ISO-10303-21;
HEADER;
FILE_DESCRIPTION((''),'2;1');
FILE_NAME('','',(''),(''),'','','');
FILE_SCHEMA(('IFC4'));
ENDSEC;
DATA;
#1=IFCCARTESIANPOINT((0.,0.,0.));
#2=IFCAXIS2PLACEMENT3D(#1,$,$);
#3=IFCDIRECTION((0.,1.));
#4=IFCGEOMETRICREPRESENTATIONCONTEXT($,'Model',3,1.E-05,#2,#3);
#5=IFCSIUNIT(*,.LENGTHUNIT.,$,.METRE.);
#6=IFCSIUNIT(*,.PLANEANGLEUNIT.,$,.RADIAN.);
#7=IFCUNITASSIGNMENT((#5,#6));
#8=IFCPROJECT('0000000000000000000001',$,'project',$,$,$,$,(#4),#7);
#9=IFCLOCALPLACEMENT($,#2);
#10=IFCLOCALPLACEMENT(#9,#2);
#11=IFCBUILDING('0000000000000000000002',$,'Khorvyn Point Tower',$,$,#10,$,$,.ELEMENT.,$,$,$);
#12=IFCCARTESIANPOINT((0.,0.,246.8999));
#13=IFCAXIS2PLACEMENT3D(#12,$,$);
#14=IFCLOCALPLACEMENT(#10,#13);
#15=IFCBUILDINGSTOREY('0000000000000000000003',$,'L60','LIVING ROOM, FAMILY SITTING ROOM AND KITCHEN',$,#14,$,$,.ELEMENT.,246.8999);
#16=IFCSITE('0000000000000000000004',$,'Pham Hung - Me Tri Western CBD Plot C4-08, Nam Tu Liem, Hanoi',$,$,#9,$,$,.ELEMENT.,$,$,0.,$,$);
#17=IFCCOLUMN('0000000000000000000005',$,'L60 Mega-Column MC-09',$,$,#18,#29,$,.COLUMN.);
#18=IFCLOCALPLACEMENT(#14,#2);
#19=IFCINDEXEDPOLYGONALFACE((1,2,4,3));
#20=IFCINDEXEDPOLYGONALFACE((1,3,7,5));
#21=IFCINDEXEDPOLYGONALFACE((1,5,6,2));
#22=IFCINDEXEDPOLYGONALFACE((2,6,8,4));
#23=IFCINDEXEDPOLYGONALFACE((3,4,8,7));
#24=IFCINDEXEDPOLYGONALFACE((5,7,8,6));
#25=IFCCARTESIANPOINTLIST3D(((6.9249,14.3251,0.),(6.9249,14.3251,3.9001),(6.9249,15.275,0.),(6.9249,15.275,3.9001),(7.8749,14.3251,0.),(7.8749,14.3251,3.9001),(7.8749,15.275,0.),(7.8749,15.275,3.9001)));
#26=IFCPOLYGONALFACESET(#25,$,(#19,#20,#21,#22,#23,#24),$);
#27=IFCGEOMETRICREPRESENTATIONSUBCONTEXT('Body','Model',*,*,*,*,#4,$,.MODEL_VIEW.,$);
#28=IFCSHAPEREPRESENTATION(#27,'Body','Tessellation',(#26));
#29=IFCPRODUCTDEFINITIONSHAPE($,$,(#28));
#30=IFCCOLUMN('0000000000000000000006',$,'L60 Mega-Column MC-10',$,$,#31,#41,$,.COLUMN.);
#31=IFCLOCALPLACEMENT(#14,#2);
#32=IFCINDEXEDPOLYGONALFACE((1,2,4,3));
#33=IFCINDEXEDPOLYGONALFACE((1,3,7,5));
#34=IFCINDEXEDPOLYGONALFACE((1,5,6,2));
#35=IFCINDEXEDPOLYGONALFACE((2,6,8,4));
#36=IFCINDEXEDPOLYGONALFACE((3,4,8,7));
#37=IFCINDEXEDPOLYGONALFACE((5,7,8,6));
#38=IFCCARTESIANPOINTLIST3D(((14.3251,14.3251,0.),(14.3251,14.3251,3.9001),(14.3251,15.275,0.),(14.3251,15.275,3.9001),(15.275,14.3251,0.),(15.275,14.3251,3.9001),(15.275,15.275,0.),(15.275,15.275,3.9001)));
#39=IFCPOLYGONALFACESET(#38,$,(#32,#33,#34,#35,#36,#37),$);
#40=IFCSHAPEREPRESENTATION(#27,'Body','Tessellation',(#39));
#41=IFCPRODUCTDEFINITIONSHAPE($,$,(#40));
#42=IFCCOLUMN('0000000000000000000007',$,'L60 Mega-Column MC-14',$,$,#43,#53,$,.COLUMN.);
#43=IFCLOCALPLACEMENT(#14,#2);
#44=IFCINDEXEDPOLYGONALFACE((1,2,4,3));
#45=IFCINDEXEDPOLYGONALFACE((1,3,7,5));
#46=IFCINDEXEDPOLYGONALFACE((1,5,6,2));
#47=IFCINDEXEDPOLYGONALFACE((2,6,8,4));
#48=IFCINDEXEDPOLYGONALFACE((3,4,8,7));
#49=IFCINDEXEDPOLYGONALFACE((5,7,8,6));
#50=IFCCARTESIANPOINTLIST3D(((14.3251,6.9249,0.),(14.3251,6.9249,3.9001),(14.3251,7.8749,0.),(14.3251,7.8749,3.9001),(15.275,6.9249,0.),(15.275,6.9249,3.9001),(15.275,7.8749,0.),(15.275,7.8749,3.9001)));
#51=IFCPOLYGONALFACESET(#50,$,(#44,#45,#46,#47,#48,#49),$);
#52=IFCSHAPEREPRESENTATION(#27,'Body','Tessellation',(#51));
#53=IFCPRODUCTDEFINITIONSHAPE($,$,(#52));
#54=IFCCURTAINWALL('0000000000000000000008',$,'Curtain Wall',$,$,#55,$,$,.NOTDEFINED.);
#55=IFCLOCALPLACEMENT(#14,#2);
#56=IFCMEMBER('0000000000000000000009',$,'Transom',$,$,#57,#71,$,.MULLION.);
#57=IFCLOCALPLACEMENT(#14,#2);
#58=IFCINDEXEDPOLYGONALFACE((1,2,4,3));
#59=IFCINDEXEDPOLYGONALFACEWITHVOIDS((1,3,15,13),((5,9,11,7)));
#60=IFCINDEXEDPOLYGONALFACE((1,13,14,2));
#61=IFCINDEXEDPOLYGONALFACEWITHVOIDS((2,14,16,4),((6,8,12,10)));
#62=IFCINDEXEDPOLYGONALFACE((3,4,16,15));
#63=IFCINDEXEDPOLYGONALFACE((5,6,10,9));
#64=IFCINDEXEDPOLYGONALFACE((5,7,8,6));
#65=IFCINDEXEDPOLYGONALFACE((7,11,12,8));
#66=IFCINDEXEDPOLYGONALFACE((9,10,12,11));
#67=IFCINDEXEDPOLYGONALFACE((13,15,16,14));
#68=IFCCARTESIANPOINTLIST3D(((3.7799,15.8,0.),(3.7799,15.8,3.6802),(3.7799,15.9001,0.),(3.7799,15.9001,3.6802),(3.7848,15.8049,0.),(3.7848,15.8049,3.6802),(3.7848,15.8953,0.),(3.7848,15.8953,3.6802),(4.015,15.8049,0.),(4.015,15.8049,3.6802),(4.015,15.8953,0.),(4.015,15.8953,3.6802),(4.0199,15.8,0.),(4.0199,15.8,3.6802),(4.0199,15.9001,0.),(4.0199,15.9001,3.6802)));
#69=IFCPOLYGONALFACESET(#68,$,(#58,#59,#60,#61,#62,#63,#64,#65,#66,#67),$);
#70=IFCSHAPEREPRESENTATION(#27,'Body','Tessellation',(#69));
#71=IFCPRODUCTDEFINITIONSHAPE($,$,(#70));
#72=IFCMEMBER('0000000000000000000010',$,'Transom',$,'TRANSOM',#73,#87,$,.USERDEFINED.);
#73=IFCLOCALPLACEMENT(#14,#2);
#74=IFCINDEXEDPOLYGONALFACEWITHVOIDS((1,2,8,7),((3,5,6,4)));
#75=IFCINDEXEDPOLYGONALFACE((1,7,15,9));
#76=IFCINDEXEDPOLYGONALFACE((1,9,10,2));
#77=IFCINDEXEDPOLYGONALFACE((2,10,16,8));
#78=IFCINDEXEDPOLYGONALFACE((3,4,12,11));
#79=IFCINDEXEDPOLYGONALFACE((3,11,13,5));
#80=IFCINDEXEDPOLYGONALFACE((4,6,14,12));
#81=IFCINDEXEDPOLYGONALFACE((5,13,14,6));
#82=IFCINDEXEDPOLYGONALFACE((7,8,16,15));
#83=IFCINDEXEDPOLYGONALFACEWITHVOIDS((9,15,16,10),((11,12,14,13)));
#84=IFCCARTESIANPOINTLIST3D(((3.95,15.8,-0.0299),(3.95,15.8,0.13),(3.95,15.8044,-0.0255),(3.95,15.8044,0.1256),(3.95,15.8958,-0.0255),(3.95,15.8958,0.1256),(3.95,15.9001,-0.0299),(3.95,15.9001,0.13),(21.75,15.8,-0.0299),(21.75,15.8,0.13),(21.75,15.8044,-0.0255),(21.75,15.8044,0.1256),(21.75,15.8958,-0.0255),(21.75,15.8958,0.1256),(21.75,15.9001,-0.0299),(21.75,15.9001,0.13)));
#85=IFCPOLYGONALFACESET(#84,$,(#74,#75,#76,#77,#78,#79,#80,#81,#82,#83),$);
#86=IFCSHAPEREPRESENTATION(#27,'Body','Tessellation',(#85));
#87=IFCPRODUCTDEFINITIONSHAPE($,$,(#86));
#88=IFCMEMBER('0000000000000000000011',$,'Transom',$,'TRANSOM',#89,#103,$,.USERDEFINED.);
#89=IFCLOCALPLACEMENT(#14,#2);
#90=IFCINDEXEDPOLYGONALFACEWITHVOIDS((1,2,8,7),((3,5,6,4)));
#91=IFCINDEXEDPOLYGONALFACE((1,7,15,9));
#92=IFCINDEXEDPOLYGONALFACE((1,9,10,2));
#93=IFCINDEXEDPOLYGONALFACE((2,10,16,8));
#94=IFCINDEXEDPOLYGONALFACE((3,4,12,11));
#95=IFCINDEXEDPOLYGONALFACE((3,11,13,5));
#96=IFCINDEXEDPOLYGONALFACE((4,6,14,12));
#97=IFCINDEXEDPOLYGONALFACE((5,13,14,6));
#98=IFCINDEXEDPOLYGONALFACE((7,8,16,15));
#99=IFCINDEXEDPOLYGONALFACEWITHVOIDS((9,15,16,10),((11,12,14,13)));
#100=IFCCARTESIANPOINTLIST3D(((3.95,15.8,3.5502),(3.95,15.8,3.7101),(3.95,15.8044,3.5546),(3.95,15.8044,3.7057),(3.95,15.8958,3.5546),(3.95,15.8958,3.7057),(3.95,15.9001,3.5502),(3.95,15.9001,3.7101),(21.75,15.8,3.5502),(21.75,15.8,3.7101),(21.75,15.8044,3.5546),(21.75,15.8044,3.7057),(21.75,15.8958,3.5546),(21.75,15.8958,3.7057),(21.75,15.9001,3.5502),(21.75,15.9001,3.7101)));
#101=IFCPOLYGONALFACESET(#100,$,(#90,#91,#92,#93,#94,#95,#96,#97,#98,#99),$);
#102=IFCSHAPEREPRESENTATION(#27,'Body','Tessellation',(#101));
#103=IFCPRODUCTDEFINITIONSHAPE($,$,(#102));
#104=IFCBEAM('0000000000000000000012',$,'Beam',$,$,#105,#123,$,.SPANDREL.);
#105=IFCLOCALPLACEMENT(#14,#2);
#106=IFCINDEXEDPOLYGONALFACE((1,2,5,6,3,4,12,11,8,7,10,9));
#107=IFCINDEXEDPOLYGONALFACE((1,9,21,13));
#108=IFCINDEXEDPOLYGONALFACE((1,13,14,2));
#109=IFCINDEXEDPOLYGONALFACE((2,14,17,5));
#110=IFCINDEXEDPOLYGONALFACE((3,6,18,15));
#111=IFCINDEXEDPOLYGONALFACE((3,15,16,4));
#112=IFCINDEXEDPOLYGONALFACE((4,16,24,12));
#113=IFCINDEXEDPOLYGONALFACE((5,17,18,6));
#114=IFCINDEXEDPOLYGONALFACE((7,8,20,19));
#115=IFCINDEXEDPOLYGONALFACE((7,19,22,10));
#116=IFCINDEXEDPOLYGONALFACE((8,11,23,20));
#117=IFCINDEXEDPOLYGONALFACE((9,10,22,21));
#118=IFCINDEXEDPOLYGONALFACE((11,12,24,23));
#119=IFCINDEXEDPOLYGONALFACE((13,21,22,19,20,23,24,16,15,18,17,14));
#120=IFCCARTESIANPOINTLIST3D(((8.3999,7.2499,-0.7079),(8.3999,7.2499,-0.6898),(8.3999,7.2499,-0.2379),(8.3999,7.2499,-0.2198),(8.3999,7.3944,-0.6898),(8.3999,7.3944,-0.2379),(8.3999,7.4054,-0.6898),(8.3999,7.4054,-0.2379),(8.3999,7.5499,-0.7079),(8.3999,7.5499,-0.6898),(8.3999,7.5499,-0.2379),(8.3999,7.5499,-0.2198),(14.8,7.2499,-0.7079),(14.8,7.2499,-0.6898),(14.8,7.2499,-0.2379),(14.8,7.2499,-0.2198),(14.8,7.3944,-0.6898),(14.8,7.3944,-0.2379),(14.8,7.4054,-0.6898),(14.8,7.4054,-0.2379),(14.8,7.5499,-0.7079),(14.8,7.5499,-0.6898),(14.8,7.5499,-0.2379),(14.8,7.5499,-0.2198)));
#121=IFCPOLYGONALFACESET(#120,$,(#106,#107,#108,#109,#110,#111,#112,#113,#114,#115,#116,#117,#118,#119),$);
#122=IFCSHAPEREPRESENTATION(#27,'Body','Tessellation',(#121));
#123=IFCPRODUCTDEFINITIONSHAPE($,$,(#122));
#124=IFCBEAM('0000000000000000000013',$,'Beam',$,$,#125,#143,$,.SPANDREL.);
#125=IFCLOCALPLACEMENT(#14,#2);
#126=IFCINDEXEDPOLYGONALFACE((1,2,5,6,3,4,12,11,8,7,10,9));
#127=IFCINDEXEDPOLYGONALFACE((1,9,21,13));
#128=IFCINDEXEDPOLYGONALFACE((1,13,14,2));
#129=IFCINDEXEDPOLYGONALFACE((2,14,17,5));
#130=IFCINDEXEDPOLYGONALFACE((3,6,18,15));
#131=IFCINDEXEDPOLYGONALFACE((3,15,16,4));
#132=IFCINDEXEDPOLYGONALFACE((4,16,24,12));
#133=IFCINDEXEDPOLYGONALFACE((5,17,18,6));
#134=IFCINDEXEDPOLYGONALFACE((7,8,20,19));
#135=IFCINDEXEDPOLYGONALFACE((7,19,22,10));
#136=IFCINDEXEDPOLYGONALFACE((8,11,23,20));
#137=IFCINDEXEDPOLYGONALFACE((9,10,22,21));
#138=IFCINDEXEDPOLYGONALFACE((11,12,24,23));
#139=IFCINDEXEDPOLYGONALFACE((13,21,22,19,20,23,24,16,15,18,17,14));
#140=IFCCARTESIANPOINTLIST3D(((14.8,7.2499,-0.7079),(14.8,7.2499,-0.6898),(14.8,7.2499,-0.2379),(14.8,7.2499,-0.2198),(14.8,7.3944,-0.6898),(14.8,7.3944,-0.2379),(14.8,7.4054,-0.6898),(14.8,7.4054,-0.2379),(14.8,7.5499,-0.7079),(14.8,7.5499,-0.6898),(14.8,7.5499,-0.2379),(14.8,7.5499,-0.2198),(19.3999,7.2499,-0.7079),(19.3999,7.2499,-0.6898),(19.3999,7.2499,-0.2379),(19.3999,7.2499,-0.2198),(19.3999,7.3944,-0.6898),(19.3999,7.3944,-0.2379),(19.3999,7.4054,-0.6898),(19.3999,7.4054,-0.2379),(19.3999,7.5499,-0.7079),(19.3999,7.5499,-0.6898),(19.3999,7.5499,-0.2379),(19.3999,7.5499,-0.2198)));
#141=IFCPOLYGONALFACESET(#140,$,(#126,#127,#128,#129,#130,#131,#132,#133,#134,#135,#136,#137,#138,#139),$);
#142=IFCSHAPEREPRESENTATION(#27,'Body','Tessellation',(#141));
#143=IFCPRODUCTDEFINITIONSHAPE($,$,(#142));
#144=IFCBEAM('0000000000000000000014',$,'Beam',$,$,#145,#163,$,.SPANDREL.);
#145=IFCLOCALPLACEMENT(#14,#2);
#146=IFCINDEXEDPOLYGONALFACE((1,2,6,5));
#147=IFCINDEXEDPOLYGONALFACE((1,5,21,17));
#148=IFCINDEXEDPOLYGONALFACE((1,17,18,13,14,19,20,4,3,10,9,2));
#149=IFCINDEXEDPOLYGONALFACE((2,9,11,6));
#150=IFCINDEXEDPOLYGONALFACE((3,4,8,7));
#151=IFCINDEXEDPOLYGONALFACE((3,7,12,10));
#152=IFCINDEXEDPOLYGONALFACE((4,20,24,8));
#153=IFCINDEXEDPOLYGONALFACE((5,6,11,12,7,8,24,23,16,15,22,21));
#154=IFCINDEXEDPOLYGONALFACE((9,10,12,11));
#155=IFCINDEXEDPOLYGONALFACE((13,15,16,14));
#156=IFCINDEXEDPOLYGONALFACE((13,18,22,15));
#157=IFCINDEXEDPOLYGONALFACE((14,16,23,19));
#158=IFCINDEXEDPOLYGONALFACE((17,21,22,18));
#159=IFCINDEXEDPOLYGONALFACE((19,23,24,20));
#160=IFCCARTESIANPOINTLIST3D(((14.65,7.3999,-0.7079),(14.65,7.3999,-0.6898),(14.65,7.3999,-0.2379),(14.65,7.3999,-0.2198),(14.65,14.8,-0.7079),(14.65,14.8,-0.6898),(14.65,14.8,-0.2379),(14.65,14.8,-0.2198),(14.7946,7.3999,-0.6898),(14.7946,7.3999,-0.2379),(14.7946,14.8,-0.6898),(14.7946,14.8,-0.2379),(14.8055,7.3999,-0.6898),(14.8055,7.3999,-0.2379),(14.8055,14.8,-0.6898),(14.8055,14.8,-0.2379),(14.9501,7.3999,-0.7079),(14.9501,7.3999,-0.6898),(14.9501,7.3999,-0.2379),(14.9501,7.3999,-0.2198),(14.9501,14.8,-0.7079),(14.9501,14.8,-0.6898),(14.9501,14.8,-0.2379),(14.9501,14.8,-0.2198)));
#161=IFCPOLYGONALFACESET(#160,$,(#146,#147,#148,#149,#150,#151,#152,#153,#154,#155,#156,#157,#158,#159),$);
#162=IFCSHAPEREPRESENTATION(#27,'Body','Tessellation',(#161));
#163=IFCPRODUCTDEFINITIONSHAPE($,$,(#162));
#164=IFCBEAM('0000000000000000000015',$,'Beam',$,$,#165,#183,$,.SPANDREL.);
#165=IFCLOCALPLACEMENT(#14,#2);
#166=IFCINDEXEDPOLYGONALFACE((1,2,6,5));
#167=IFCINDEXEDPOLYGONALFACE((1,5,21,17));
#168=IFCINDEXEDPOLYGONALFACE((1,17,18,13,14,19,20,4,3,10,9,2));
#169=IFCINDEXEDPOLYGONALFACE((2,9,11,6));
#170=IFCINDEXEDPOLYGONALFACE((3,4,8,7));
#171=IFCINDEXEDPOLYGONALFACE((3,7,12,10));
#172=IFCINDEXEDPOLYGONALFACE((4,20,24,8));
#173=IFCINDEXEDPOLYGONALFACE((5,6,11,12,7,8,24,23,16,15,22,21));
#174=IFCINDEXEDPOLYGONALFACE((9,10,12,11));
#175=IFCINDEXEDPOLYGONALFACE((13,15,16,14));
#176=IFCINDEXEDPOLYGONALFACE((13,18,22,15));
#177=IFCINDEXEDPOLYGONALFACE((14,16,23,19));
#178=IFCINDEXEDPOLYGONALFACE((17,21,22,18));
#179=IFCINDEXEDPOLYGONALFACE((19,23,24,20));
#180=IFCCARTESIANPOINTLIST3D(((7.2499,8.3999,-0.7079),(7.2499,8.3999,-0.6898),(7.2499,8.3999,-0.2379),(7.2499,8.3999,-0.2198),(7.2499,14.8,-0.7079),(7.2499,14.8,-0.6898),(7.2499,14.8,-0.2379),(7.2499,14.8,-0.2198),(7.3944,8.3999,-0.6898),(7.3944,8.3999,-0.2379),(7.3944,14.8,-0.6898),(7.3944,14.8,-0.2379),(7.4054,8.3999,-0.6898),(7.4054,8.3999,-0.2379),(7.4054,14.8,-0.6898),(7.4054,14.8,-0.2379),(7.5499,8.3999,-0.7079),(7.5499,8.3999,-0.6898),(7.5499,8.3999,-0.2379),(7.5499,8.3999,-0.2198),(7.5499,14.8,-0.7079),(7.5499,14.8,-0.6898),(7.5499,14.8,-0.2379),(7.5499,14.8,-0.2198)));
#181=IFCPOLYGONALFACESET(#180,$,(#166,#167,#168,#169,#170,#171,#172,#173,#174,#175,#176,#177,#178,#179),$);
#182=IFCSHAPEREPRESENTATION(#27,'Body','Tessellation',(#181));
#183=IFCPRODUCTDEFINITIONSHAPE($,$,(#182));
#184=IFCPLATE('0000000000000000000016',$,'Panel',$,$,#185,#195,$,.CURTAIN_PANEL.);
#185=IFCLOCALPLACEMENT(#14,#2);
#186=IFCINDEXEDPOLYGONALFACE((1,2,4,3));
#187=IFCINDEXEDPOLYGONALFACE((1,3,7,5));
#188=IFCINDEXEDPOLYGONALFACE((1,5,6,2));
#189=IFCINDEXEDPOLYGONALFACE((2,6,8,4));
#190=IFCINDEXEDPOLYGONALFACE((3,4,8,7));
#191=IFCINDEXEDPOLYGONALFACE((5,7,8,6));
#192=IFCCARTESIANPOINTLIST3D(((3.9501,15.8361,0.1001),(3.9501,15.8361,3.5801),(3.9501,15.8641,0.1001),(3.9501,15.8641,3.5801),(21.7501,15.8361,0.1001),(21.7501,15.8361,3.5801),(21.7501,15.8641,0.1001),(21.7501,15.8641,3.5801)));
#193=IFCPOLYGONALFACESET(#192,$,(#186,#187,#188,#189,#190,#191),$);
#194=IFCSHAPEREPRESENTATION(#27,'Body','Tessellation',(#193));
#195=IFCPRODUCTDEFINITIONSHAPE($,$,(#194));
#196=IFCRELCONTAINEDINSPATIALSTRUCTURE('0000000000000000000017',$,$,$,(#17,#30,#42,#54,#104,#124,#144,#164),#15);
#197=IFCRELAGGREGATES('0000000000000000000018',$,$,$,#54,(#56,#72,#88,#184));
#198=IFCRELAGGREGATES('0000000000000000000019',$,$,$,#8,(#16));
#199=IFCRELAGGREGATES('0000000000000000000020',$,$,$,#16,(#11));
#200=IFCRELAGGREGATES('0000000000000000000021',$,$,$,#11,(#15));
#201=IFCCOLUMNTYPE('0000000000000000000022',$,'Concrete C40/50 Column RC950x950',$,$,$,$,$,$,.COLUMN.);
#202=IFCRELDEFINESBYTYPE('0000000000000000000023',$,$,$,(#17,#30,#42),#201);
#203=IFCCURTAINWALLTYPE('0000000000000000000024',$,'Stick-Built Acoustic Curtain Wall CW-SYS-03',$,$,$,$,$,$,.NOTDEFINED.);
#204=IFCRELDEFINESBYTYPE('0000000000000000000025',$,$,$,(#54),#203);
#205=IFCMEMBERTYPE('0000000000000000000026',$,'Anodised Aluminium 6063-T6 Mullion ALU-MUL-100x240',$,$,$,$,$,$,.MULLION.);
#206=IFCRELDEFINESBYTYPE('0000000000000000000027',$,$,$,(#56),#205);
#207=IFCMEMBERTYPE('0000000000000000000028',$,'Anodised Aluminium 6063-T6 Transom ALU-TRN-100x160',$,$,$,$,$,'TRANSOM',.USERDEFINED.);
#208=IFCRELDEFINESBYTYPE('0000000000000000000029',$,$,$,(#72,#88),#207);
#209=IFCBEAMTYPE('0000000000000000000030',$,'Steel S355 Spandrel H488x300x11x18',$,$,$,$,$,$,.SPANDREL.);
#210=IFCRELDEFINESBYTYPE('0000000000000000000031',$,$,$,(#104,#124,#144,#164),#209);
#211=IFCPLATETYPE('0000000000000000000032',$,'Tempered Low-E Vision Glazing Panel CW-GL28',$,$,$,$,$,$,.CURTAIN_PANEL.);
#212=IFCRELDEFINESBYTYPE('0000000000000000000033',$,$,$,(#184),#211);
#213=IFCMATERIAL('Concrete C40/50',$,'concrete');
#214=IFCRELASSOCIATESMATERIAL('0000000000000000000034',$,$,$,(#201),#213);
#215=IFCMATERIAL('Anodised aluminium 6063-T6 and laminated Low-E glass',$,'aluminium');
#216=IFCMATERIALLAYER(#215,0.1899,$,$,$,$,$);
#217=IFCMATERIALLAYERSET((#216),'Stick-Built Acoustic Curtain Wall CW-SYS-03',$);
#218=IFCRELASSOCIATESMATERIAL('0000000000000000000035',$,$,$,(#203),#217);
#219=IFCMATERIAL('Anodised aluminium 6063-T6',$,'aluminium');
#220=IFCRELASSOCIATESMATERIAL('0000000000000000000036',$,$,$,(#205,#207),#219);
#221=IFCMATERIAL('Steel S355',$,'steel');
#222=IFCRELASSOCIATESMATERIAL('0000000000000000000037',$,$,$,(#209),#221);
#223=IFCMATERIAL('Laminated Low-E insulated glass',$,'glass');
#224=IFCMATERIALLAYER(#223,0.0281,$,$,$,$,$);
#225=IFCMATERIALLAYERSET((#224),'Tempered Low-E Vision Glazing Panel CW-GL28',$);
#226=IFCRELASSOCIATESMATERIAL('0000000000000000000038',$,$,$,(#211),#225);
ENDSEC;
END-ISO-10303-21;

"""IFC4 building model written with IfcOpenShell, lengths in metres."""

from ifc_helpers import new_model, si_unit, direction, frame, origin, origin_2d, place, context, subcontext, project, spatial, rectangle, hollow_rectangle, i_section, extrude, material, layer, layer_set, material_profile, profile_set, type_object, element, aggregate, save


model = new_model("IFC4")

# Units and contexts
model_context = context("Model", 3, precision=1e-05, world=origin(), true_north=direction((0.0, 1.0)))
body_context = subcontext(model_context, "Body", "Model", "MODEL_VIEW")
ifc_project = project(units=[si_unit("LENGTHUNIT", "METRE"), si_unit("PLANEANGLEUNIT", "RADIAN")], contexts=[model_context])

# Site, building, storey
site_placement = place(None, origin())
site = spatial("IfcSite", under=ifc_project, at=site_placement, Name="Pham Hung - Me Tri Western CBD Plot C4-08, Nam Tu Liem, Hanoi", CompositionType="ELEMENT", RefElevation=0.0)
building_placement = place(site_placement, origin())
building = spatial("IfcBuilding", under=site, at=building_placement, Name="Khorvyn Point Tower", CompositionType="ELEMENT")
storey_placement = place(building_placement, frame((0.0, 0.0, 246.8999)))
storey = spatial("IfcBuildingStorey", under=building, at=storey_placement, Name="L60", Description="LIVING ROOM, FAMILY SITTING ROOM AND KITCHEN", CompositionType="ELEMENT", Elevation=246.8999)

# Columns
ifc_material_1 = material(Name="Concrete C40/50", Category="concrete")
ifc_material_profile_1 = material_profile(ifc_material_1, rectangle(XDim=0.95, YDim=0.95, at=origin_2d()))
ifc_profile_set_1 = profile_set([ifc_material_profile_1], Name="Concrete C40/50 RC950x950")
column_type = type_object("IfcColumnType", Name="Concrete C40/50 Column RC950x950", PredefinedType="COLUMN", material=ifc_profile_set_1)
for number, where, z_axis, x_axis, name in (
    (1, (7.3999, 14.8, 0.0), (0.0, 0.0, 1.0), (1.0, 0.0, 0.0), "L60 Mega-Column MC-09"),
    (2, (14.8, 14.8, 0.0), (0.0, 0.0, 1.0), (1.0, 0.0, 0.0), "L60 Mega-Column MC-10"),
    (3, (14.8, 7.3999, 0.0), (0.0, 0.0, 1.0), (1.0, 0.0, 0.0), "L60 Mega-Column MC-14"),
):
    element("IfcColumn", number, at=place(storey_placement, frame(where, z_axis=z_axis, x_axis=x_axis)), inside=storey, type_object=column_type, Name=name, PredefinedType="COLUMN", context=body_context, shape_type="SweptSolid", body=[
        extrude(rectangle(XDim=0.95, YDim=0.95, at=origin_2d()), origin(), (0.0, 0.0, 1.0), 3.9001),
    ])

# Curtain wall, members
ifc_material_2 = material(Name="Anodised aluminium 6063-T6 and laminated Low-E glass", Category="aluminium")
ifc_layer_1 = layer(ifc_material_2, 0.1899)
ifc_layer_set_1 = layer_set([ifc_layer_1], Name="Stick-Built Acoustic Curtain Wall CW-SYS-03")
curtain_wall_type = type_object("IfcCurtainWallType", Name="Stick-Built Acoustic Curtain Wall CW-SYS-03", PredefinedType="NOTDEFINED", material=ifc_layer_set_1)
curtain_wall_placement = place(storey_placement, origin())
curtain_wall = element("IfcCurtainWall", 4, at=curtain_wall_placement, inside=storey, type_object=curtain_wall_type, Name="Curtain Wall", PredefinedType="NOTDEFINED")
ifc_material_3 = material(Name="Anodised aluminium 6063-T6", Category="aluminium")
ifc_material_profile_2 = material_profile(ifc_material_3, hollow_rectangle(XDim=0.1001, YDim=0.24, WallThickness=0.0049, at=origin_2d()))
ifc_profile_set_2 = profile_set([ifc_material_profile_2], Name="Anodised aluminium 6063-T6 ALU-MUL-100x240")
member_type_1 = type_object("IfcMemberType", Name="Anodised Aluminium 6063-T6 Mullion ALU-MUL-100x240", PredefinedType="MULLION", material=ifc_profile_set_2)
member_1_placement = place(storey_placement, frame((3.8999, 15.8501, 0.0), z_axis=(0.0, 0.0, 1.0), x_axis=(0.0, 1.0, 0.0)))
member_1 = element("IfcMember", 5, at=member_1_placement, type_object=member_type_1, Name="Transom", PredefinedType="MULLION", context=body_context, shape_type="SweptSolid", body=[
    extrude(hollow_rectangle(XDim=0.1001, YDim=0.24, WallThickness=0.0049, at=origin_2d()), origin(), (0.0, 0.0, 1.0), 3.6802),
])
ifc_material_profile_3 = material_profile(ifc_material_3, hollow_rectangle(XDim=0.1001, YDim=0.1599, WallThickness=0.0044, at=origin_2d()))
ifc_profile_set_3 = profile_set([ifc_material_profile_3], Name="Anodised aluminium 6063-T6 ALU-TRN-100x160")
member_type_2 = type_object("IfcMemberType", Name="Anodised Aluminium 6063-T6 Transom ALU-TRN-100x160", ElementType="TRANSOM", PredefinedType="USERDEFINED", material=ifc_profile_set_3)
member_2_placement = place(storey_placement, frame((3.95, 15.8501, 0.05), z_axis=(1.0, 0.0, 0.0), x_axis=(0.0, 1.0, 0.0)))
member_2 = element("IfcMember", 6, at=member_2_placement, type_object=member_type_2, Name="Transom", ObjectType="TRANSOM", PredefinedType="USERDEFINED", context=body_context, shape_type="SweptSolid", body=[
    extrude(hollow_rectangle(XDim=0.1001, YDim=0.1599, WallThickness=0.0044, at=origin_2d()), origin(), (0.0, 0.0, 1.0), 17.8),
])
member_3_placement = place(storey_placement, frame((3.95, 15.8501, 3.6301), z_axis=(1.0, 0.0, 0.0), x_axis=(0.0, 1.0, 0.0)))
member_3 = element("IfcMember", 7, at=member_3_placement, type_object=member_type_2, Name="Transom", ObjectType="TRANSOM", PredefinedType="USERDEFINED", context=body_context, shape_type="SweptSolid", body=[
    extrude(hollow_rectangle(XDim=0.1001, YDim=0.1599, WallThickness=0.0044, at=origin_2d()), origin(), (0.0, 0.0, 1.0), 17.8),
])

# Beams
ifc_material_4 = material(Name="Steel S355", Category="steel")
ifc_material_profile_4 = material_profile(ifc_material_4, i_section(OverallWidth=0.3, OverallDepth=0.488, WebThickness=0.011, FlangeThickness=0.0181, at=origin_2d()))
ifc_profile_set_4 = profile_set([ifc_material_profile_4], Name="Steel S355 H488x300x11x18")
beam_type = type_object("IfcBeamType", Name="Steel S355 Spandrel H488x300x11x18", PredefinedType="SPANDREL", material=ifc_profile_set_4)
beam_1_placement = place(storey_placement, frame((8.3999, 7.3999, -0.4639), z_axis=(1.0, 0.0, 0.0), x_axis=(0.0, 1.0, 0.0)))
element("IfcBeam", 8, at=beam_1_placement, inside=storey, type_object=beam_type, Name="Beam", PredefinedType="SPANDREL", context=body_context, shape_type="SweptSolid", body=[
    extrude(i_section(OverallWidth=0.3, OverallDepth=0.488, WebThickness=0.011, FlangeThickness=0.0181, at=origin_2d()), origin(), (0.0, 0.0, 1.0), 6.4001),
])
beam_2_placement = place(storey_placement, frame((14.8, 7.3999, -0.4639), z_axis=(1.0, 0.0, 0.0), x_axis=(0.0, 1.0, 0.0)))
element("IfcBeam", 9, at=beam_2_placement, inside=storey, type_object=beam_type, Name="Beam", PredefinedType="SPANDREL", context=body_context, shape_type="SweptSolid", body=[
    extrude(i_section(OverallWidth=0.3, OverallDepth=0.488, WebThickness=0.011, FlangeThickness=0.0181, at=origin_2d()), origin(), (0.0, 0.0, 1.0), 4.5999),
])
beam_3_placement = place(storey_placement, frame((14.8, 7.3999, -0.4639), z_axis=(0.0, 1.0, 0.0), x_axis=(-1.0, 0.0, 0.0)))
element("IfcBeam", 10, at=beam_3_placement, inside=storey, type_object=beam_type, Name="Beam", PredefinedType="SPANDREL", context=body_context, shape_type="SweptSolid", body=[
    extrude(i_section(OverallWidth=0.3, OverallDepth=0.488, WebThickness=0.011, FlangeThickness=0.0181, at=origin_2d()), origin(), (0.0, 0.0, 1.0), 7.4001),
])
beam_4_placement = place(storey_placement, frame((7.3999, 8.3999, -0.4639), z_axis=(0.0, 1.0, 0.0), x_axis=(-1.0, 0.0, 0.0)))
element("IfcBeam", 11, at=beam_4_placement, inside=storey, type_object=beam_type, Name="Beam", PredefinedType="SPANDREL", context=body_context, shape_type="SweptSolid", body=[
    extrude(i_section(OverallWidth=0.3, OverallDepth=0.488, WebThickness=0.011, FlangeThickness=0.0181, at=origin_2d()), origin(), (0.0, 0.0, 1.0), 6.4001),
])

# Plate
ifc_material_5 = material(Name="Laminated Low-E insulated glass", Category="glass")
ifc_layer_2 = layer(ifc_material_5, 0.0281)
ifc_layer_set_2 = layer_set([ifc_layer_2], Name="Tempered Low-E Vision Glazing Panel CW-GL28")
plate_type = type_object("IfcPlateType", Name="Tempered Low-E Vision Glazing Panel CW-GL28", PredefinedType="CURTAIN_PANEL", material=ifc_layer_set_2)
plate_placement = place(storey_placement, frame((12.8501, 15.8501, 0.1001), z_axis=(0.0, 0.0, 1.0), x_axis=(1.0, 0.0, 0.0)))
plate = element("IfcPlate", 12, at=plate_placement, type_object=plate_type, Name="Panel", PredefinedType="CURTAIN_PANEL", context=body_context, shape_type="SweptSolid", body=[
    extrude(rectangle(XDim=17.8, YDim=0.0281, at=origin_2d()), origin(), (0.0, 0.0, 1.0), 3.48),
])
aggregate(curtain_wall, [member_1, member_2, member_3, plate])

save(model, "model.ifc")
